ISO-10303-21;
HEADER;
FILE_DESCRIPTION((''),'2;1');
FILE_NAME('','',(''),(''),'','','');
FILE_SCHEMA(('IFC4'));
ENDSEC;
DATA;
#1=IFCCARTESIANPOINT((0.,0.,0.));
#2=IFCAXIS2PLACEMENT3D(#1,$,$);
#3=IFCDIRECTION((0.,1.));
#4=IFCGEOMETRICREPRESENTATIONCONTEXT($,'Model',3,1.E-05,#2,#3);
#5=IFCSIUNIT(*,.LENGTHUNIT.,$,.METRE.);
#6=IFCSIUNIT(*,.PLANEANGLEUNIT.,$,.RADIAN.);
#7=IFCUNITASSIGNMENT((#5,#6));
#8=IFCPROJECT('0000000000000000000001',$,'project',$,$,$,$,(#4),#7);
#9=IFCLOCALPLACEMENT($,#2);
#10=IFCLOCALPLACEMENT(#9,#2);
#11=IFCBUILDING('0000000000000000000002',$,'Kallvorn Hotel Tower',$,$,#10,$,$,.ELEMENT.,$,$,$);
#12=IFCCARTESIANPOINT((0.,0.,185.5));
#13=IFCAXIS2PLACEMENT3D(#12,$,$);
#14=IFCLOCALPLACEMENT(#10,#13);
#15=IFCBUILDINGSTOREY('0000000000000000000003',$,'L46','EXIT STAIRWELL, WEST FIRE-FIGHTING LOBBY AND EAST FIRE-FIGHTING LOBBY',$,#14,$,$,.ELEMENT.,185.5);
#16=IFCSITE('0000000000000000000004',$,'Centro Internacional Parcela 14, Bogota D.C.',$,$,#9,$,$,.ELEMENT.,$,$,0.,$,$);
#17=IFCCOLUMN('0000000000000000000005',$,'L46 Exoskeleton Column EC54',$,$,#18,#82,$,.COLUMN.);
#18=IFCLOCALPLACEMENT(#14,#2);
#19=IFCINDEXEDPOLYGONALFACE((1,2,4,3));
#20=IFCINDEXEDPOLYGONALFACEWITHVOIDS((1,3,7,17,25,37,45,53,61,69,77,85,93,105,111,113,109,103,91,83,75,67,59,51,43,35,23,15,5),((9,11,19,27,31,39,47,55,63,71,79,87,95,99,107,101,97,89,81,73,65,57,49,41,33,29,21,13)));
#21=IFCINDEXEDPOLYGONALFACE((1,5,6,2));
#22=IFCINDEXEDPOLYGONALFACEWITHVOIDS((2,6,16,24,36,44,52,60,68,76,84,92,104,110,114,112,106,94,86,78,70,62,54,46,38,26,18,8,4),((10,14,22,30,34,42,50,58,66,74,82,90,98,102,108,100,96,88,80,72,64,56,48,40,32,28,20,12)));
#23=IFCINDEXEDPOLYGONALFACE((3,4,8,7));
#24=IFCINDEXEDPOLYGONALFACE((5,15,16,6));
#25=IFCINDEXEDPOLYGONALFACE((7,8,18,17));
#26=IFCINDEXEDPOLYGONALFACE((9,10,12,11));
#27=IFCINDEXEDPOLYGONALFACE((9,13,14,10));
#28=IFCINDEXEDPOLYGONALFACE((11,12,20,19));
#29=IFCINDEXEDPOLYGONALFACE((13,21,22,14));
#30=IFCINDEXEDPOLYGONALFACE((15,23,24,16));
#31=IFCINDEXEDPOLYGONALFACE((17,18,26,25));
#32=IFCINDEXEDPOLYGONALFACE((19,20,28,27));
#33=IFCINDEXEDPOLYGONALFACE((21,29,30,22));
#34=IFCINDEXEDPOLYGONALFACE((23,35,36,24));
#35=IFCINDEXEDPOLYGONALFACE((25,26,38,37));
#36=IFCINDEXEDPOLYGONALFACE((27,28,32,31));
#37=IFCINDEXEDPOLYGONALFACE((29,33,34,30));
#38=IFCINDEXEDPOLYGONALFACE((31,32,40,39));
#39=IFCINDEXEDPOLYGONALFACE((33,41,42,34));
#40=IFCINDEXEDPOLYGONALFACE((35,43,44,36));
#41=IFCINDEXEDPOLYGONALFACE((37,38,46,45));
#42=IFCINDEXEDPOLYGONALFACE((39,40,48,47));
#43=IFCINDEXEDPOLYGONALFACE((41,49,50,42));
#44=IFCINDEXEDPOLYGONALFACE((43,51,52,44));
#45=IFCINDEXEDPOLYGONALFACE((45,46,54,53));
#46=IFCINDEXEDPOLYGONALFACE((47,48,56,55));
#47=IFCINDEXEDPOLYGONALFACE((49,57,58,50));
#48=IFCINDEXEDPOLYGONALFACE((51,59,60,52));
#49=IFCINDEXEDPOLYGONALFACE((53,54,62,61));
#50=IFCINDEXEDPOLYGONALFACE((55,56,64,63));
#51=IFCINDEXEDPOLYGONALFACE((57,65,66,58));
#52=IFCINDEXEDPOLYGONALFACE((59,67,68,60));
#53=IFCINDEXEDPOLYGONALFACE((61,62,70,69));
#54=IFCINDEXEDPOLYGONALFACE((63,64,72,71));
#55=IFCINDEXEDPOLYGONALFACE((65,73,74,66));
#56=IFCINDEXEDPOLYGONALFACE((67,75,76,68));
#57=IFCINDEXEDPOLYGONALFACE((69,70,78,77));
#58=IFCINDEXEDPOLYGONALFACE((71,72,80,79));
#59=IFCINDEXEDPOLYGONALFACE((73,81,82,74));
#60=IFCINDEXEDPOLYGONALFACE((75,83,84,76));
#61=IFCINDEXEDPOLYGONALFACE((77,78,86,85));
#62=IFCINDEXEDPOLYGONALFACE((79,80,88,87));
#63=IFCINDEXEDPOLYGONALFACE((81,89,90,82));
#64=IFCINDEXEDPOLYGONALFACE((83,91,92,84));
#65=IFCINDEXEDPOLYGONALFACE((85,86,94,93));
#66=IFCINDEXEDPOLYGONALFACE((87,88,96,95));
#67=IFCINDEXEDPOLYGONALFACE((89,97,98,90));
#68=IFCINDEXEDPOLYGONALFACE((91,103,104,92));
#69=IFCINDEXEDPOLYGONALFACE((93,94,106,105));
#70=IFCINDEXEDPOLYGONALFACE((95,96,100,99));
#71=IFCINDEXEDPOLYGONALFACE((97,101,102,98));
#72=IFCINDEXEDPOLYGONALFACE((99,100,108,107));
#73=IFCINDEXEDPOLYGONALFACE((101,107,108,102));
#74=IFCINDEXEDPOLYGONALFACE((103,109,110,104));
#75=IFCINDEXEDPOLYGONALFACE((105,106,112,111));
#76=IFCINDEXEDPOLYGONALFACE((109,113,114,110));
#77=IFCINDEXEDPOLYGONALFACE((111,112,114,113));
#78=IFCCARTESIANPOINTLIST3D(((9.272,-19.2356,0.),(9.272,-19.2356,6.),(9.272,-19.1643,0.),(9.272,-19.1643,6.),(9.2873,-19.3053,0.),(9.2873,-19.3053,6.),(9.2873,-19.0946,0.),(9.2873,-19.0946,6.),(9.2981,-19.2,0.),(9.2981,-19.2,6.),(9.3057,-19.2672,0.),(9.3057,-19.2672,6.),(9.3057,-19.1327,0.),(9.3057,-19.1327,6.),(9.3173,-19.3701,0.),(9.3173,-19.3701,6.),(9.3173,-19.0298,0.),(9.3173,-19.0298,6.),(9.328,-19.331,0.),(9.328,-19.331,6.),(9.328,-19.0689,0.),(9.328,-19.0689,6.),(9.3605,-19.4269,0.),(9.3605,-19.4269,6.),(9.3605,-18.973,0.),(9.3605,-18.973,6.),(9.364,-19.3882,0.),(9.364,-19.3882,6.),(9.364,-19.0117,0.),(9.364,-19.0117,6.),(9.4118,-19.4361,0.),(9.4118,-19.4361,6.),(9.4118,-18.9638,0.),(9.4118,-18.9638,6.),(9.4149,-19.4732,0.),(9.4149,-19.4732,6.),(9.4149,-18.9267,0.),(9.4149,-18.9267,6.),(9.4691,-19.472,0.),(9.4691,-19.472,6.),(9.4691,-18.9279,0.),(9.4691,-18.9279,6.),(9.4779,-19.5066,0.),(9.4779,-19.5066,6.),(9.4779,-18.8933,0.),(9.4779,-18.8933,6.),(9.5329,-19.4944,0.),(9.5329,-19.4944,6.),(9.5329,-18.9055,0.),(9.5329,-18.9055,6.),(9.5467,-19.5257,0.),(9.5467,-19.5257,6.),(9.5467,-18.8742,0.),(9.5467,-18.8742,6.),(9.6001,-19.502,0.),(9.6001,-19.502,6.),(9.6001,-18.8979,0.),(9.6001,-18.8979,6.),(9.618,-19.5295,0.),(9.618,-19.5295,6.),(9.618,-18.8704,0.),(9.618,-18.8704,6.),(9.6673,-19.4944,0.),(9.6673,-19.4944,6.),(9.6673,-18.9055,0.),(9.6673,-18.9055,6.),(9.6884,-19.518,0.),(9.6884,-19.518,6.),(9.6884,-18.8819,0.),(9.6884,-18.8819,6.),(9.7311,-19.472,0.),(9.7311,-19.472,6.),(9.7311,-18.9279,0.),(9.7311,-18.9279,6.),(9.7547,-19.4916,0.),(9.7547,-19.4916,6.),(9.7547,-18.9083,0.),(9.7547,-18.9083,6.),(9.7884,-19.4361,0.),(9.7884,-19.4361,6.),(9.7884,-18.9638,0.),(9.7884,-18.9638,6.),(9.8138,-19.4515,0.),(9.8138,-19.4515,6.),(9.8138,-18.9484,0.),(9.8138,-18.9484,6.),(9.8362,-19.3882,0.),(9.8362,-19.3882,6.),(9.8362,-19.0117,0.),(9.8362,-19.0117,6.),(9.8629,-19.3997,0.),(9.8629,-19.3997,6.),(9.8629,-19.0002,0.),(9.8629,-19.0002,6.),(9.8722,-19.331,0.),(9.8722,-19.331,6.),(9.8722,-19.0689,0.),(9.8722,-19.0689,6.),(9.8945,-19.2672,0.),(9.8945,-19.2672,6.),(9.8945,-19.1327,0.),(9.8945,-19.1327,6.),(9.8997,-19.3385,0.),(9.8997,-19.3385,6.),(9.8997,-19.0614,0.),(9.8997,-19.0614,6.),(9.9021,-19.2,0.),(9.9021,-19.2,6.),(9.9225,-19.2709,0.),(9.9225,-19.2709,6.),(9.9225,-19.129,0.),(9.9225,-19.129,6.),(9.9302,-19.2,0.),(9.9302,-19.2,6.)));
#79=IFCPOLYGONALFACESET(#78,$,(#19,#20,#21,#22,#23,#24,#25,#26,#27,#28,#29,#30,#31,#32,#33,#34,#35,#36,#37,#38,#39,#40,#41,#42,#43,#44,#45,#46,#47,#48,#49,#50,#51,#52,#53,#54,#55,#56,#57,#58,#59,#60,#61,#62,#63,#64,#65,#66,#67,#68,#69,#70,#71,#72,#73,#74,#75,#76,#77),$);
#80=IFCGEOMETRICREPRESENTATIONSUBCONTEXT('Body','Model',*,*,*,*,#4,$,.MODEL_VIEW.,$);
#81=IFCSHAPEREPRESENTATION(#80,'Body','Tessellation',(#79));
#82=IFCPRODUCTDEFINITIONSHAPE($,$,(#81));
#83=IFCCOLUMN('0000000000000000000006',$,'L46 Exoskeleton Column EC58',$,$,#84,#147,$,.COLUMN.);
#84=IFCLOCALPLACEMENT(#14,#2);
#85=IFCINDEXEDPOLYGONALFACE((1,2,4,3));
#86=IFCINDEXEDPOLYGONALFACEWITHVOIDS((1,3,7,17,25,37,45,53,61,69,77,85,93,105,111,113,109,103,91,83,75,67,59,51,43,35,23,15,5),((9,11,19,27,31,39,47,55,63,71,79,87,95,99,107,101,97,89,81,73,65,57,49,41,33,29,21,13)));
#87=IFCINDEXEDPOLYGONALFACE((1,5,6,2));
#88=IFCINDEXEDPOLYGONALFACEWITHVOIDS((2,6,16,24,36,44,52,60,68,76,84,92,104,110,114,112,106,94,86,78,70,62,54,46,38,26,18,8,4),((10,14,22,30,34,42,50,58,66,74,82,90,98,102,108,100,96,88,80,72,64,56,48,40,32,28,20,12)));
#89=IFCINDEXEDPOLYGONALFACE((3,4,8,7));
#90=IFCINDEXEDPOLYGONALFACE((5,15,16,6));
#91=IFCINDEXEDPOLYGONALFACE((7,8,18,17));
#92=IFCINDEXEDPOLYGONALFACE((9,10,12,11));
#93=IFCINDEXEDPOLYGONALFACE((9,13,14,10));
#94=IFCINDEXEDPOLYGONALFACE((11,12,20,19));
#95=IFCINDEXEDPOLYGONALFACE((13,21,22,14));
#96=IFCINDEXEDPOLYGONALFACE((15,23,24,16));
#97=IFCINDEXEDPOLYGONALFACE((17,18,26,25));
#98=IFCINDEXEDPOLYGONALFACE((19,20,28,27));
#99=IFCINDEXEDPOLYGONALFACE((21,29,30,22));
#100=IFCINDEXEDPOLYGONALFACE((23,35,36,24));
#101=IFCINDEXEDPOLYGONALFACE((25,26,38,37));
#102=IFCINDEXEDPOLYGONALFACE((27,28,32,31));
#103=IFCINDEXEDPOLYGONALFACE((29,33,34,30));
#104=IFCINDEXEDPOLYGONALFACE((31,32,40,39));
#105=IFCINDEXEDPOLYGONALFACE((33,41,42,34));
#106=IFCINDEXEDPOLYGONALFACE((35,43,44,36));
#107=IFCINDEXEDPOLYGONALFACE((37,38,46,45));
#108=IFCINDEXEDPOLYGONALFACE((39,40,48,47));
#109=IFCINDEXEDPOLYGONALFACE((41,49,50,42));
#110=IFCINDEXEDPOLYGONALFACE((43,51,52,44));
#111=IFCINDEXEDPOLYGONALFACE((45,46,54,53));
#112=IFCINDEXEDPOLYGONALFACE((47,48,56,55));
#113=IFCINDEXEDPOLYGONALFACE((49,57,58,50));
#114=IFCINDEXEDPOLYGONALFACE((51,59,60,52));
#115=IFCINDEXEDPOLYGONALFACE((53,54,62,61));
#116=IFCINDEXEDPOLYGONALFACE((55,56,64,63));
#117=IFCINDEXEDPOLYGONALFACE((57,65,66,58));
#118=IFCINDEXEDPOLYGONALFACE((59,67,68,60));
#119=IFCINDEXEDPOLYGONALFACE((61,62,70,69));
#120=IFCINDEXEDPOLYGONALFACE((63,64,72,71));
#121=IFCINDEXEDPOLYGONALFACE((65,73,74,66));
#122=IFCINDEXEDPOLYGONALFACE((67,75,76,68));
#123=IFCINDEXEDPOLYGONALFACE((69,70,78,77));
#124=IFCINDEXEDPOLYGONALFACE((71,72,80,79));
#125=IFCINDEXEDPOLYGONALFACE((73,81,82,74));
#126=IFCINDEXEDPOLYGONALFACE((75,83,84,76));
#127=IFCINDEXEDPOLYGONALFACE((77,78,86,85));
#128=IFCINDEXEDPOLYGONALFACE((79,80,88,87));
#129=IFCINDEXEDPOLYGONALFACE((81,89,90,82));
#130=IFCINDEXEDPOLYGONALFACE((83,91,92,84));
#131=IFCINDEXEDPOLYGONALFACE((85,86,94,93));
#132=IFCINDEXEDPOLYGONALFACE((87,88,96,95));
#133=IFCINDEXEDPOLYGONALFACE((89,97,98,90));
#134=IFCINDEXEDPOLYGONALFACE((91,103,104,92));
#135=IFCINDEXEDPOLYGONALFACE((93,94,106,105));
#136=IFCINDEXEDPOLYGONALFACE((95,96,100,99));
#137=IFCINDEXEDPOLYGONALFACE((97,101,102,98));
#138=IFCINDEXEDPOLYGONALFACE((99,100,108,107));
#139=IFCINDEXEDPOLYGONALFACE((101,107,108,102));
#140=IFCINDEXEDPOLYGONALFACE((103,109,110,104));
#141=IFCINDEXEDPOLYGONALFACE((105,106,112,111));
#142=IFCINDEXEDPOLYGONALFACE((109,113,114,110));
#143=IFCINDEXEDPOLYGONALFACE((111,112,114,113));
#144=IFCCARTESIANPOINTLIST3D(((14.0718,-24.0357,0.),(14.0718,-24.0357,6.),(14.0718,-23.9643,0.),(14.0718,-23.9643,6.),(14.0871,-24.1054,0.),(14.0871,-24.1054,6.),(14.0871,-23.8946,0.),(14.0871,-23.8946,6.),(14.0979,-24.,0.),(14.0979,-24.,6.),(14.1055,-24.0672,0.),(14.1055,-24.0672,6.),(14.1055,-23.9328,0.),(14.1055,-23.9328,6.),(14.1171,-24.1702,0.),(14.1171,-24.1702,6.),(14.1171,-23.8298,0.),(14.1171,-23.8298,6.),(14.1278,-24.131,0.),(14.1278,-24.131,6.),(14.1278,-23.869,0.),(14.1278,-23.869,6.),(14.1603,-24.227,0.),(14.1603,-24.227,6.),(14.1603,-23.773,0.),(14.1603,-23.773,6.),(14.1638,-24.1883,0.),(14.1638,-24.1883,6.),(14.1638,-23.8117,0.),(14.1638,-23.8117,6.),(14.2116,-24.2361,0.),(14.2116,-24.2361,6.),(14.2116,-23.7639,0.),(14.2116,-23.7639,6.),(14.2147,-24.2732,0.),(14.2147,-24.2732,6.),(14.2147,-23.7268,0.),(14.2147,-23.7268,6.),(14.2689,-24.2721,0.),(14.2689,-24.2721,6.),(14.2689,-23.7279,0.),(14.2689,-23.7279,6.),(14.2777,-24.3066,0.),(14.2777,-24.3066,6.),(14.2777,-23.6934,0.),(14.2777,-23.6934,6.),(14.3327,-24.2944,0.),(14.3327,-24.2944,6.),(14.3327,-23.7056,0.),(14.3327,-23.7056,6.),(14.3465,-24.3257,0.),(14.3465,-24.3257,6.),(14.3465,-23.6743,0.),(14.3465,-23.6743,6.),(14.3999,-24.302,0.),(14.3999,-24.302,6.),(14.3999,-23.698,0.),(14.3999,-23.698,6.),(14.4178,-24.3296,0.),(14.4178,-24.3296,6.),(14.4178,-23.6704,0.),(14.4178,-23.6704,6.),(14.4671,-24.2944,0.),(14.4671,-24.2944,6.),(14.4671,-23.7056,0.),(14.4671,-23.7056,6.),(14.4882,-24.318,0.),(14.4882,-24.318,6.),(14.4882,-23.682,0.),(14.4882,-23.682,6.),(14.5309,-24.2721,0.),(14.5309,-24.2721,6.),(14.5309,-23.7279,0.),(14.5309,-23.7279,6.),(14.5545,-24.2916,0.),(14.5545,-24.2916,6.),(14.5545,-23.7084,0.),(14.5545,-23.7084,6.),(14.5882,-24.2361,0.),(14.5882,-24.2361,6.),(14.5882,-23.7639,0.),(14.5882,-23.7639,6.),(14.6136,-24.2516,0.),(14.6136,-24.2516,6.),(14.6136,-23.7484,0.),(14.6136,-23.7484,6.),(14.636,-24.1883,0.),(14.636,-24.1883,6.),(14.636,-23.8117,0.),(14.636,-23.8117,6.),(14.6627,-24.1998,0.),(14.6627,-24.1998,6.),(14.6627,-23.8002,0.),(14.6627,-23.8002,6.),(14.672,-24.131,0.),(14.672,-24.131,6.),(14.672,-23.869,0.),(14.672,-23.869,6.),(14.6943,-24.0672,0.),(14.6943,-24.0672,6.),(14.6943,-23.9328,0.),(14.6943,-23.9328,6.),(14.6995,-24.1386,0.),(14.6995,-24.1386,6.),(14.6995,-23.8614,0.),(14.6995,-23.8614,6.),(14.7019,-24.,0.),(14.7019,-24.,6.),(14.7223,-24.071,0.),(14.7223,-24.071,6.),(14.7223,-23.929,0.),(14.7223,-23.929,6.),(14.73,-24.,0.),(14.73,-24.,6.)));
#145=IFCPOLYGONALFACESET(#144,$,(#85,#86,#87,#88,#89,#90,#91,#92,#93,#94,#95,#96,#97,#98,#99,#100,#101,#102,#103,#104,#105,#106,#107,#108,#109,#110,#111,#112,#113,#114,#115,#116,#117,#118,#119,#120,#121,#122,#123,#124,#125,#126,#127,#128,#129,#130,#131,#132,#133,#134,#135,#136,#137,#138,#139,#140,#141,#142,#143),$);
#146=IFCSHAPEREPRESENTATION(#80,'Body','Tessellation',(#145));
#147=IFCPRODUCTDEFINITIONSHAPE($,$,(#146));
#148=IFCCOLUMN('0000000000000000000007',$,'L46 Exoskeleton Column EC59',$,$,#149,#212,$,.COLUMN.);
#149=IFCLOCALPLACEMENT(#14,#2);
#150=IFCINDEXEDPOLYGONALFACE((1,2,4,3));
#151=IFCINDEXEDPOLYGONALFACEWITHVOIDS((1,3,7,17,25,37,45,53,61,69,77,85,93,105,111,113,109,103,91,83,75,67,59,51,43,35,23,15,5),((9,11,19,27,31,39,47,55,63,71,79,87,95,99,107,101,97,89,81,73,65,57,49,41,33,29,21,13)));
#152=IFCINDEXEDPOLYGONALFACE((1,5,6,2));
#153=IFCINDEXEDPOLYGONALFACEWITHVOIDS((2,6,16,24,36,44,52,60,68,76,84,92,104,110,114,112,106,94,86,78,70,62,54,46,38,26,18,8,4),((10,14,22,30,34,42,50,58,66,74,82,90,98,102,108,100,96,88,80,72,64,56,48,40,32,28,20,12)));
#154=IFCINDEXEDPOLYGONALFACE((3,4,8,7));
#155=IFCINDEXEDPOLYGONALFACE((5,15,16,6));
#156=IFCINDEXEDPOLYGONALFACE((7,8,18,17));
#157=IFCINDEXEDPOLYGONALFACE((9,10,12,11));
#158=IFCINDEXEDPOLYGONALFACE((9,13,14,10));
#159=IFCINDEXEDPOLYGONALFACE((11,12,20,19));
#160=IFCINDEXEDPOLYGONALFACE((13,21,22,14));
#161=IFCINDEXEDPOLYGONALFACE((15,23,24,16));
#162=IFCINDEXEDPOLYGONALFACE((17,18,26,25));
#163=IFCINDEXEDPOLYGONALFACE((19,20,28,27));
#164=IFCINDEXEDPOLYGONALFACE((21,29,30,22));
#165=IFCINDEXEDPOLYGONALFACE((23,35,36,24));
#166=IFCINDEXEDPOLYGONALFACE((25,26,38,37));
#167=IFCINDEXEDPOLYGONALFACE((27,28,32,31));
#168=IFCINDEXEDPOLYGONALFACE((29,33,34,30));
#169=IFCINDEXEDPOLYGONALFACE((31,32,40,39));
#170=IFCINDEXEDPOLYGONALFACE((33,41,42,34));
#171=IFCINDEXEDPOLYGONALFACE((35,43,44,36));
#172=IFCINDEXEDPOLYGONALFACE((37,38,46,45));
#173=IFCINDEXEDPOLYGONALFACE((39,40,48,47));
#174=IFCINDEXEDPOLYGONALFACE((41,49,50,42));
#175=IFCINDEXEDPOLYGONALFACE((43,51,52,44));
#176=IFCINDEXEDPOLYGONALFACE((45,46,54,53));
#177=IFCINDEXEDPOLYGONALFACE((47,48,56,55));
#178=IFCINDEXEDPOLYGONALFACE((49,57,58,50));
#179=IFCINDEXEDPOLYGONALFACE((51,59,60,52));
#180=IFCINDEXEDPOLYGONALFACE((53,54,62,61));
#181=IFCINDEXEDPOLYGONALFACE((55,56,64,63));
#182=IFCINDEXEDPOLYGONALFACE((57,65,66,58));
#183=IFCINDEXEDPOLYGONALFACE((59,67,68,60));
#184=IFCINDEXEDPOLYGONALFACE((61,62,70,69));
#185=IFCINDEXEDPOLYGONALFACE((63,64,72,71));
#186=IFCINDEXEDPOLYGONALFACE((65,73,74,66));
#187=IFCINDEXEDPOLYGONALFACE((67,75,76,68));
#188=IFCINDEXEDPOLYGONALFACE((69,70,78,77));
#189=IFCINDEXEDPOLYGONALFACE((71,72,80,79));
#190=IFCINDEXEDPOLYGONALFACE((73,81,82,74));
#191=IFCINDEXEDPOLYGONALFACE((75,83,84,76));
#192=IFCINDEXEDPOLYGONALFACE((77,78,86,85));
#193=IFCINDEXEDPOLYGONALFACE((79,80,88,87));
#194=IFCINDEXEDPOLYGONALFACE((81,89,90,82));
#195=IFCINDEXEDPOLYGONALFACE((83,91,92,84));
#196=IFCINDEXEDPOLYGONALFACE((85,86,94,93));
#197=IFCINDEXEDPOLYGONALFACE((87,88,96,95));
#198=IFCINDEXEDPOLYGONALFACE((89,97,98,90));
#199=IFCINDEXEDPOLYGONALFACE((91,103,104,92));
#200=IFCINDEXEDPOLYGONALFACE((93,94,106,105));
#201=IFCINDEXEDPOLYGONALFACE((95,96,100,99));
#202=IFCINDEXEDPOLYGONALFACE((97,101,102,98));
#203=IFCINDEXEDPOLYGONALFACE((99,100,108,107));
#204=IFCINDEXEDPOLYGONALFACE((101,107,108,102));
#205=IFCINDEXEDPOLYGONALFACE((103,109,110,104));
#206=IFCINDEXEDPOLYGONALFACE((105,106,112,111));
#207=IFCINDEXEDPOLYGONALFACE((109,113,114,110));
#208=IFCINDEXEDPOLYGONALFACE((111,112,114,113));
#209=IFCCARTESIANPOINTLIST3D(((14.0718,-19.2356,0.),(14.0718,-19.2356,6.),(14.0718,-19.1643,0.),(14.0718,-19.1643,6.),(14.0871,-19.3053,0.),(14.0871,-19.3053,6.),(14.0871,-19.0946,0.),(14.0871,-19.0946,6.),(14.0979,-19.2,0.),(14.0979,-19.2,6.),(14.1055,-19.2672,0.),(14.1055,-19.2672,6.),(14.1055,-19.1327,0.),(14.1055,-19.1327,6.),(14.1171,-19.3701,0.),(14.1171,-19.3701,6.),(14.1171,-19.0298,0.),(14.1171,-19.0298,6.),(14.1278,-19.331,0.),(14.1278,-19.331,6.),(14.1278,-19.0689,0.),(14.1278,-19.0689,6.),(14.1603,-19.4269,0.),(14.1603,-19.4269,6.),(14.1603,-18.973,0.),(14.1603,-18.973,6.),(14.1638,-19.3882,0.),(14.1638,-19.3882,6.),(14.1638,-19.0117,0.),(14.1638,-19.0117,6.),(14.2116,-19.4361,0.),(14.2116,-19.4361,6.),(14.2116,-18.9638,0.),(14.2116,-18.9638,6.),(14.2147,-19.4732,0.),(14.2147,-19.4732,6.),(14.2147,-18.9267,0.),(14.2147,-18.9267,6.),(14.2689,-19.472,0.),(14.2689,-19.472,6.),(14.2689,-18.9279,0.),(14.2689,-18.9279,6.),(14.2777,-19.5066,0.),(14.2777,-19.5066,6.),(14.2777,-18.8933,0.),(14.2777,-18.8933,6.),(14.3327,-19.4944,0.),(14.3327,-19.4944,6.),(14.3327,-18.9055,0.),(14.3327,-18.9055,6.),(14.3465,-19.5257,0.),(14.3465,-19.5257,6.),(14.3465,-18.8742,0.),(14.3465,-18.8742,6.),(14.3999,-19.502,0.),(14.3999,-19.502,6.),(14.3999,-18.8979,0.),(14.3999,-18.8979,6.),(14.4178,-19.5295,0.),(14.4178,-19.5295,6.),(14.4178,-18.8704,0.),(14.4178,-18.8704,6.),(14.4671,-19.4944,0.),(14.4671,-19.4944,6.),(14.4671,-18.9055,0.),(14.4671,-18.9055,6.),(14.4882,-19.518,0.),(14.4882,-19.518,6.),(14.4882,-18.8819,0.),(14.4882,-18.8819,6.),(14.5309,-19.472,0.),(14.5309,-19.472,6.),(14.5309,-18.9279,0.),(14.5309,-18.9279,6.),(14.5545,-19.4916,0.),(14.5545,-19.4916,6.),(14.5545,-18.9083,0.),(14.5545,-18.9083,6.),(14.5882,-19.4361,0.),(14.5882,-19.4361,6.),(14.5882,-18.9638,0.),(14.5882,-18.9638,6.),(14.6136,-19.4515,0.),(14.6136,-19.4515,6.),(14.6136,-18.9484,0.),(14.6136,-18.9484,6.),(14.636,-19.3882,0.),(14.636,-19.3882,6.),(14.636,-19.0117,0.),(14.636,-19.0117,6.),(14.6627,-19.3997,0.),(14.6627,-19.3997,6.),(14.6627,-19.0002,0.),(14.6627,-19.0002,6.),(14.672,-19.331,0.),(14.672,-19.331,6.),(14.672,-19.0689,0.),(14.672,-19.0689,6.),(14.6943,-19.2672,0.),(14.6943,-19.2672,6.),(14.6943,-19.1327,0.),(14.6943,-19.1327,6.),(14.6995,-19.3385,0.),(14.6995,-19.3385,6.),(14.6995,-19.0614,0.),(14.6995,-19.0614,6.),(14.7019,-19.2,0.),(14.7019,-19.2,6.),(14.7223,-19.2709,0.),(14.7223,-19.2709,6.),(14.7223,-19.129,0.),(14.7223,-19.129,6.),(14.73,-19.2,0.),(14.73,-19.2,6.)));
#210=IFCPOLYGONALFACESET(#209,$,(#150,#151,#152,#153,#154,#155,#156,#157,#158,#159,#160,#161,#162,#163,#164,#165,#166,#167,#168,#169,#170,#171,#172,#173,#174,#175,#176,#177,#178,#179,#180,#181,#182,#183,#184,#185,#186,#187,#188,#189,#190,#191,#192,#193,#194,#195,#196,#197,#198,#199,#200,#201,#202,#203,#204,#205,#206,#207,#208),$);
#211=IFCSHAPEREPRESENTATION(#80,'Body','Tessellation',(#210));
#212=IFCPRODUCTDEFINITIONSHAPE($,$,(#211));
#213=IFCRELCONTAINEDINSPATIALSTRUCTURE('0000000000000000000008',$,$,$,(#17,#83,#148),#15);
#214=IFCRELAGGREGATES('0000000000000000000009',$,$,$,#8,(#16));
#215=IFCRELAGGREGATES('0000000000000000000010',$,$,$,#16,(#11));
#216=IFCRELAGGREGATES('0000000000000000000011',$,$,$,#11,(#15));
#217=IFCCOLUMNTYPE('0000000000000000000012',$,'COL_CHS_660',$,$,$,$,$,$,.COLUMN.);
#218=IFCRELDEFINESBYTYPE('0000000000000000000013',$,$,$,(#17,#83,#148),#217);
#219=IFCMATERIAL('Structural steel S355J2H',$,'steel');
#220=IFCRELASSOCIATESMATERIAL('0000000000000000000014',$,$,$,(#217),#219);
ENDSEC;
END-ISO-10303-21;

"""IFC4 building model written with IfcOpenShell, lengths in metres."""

from ifc_helpers import new_model, si_unit, direction, frame, origin, origin_2d, place, context, subcontext, project, spatial, hollow_circle, extrude, material, material_profile, profile_set, type_object, element, save


model = new_model("IFC4")

# Units and contexts
model_context = context("Model", 3, precision=1e-05, world=origin(), true_north=direction((0.0, 1.0)))
body_context = subcontext(model_context, "Body", "Model", "MODEL_VIEW")
ifc_project = project(units=[si_unit("LENGTHUNIT", "METRE"), si_unit("PLANEANGLEUNIT", "RADIAN")], contexts=[model_context])

# Site, building, storey
site_placement = place(None, origin())
site = spatial("IfcSite", under=ifc_project, at=site_placement, Name="Centro Internacional Parcela 14, Bogota D.C.", CompositionType="ELEMENT", RefElevation=0.0)
building_placement = place(site_placement, origin())
building = spatial("IfcBuilding", under=site, at=building_placement, Name="Kallvorn Hotel Tower", CompositionType="ELEMENT")
storey_placement = place(building_placement, frame((0.0, 0.0, 185.5)))
storey = spatial("IfcBuildingStorey", under=building, at=storey_placement, Name="L46", Description="EXIT STAIRWELL, WEST FIRE-FIGHTING LOBBY AND EAST FIRE-FIGHTING LOBBY", CompositionType="ELEMENT", Elevation=185.5)

# Columns
ifc_material_1 = material(Name="Structural steel S355J2H", Category="steel")
ifc_material_profile_1 = material_profile(ifc_material_1, hollow_circle(Radius=0.3301, WallThickness=0.0281, at=origin_2d()), Name="CHS 660x28")
ifc_profile_set_1 = profile_set([ifc_material_profile_1], Name="Structural steel S355J2H")
column_type_1 = type_object("IfcColumnType", Name="COL_CHS_660", PredefinedType="COLUMN", material=ifc_profile_set_1)
for number, where, z_axis, x_axis, name in (
    (1, (9.6001, -19.2, 0.0), (0.0, 0.0, 1.0), (1.0, 0.0, 0.0), "L46 Exoskeleton Column EC54"),
    (2, (14.3999, -24.0, 0.0), (0.0, 0.0, 1.0), (1.0, 0.0, 0.0), "L46 Exoskeleton Column EC58"),
    (3, (14.3999, -19.2, 0.0), (0.0, 0.0, 1.0), (1.0, 0.0, 0.0), "L46 Exoskeleton Column EC59"),
):
    element("IfcColumn", number, at=place(storey_placement, frame(where, z_axis=z_axis, x_axis=x_axis)), inside=storey, type_object=column_type_1, Name=name, PredefinedType="COLUMN", context=body_context, shape_type="SweptSolid", body=[
        extrude(hollow_circle(Radius=0.3301, WallThickness=0.0281, at=origin_2d()), origin(), (0.0, 0.0, 1.0), 6.0),
    ])

save(model, "model.ifc")
